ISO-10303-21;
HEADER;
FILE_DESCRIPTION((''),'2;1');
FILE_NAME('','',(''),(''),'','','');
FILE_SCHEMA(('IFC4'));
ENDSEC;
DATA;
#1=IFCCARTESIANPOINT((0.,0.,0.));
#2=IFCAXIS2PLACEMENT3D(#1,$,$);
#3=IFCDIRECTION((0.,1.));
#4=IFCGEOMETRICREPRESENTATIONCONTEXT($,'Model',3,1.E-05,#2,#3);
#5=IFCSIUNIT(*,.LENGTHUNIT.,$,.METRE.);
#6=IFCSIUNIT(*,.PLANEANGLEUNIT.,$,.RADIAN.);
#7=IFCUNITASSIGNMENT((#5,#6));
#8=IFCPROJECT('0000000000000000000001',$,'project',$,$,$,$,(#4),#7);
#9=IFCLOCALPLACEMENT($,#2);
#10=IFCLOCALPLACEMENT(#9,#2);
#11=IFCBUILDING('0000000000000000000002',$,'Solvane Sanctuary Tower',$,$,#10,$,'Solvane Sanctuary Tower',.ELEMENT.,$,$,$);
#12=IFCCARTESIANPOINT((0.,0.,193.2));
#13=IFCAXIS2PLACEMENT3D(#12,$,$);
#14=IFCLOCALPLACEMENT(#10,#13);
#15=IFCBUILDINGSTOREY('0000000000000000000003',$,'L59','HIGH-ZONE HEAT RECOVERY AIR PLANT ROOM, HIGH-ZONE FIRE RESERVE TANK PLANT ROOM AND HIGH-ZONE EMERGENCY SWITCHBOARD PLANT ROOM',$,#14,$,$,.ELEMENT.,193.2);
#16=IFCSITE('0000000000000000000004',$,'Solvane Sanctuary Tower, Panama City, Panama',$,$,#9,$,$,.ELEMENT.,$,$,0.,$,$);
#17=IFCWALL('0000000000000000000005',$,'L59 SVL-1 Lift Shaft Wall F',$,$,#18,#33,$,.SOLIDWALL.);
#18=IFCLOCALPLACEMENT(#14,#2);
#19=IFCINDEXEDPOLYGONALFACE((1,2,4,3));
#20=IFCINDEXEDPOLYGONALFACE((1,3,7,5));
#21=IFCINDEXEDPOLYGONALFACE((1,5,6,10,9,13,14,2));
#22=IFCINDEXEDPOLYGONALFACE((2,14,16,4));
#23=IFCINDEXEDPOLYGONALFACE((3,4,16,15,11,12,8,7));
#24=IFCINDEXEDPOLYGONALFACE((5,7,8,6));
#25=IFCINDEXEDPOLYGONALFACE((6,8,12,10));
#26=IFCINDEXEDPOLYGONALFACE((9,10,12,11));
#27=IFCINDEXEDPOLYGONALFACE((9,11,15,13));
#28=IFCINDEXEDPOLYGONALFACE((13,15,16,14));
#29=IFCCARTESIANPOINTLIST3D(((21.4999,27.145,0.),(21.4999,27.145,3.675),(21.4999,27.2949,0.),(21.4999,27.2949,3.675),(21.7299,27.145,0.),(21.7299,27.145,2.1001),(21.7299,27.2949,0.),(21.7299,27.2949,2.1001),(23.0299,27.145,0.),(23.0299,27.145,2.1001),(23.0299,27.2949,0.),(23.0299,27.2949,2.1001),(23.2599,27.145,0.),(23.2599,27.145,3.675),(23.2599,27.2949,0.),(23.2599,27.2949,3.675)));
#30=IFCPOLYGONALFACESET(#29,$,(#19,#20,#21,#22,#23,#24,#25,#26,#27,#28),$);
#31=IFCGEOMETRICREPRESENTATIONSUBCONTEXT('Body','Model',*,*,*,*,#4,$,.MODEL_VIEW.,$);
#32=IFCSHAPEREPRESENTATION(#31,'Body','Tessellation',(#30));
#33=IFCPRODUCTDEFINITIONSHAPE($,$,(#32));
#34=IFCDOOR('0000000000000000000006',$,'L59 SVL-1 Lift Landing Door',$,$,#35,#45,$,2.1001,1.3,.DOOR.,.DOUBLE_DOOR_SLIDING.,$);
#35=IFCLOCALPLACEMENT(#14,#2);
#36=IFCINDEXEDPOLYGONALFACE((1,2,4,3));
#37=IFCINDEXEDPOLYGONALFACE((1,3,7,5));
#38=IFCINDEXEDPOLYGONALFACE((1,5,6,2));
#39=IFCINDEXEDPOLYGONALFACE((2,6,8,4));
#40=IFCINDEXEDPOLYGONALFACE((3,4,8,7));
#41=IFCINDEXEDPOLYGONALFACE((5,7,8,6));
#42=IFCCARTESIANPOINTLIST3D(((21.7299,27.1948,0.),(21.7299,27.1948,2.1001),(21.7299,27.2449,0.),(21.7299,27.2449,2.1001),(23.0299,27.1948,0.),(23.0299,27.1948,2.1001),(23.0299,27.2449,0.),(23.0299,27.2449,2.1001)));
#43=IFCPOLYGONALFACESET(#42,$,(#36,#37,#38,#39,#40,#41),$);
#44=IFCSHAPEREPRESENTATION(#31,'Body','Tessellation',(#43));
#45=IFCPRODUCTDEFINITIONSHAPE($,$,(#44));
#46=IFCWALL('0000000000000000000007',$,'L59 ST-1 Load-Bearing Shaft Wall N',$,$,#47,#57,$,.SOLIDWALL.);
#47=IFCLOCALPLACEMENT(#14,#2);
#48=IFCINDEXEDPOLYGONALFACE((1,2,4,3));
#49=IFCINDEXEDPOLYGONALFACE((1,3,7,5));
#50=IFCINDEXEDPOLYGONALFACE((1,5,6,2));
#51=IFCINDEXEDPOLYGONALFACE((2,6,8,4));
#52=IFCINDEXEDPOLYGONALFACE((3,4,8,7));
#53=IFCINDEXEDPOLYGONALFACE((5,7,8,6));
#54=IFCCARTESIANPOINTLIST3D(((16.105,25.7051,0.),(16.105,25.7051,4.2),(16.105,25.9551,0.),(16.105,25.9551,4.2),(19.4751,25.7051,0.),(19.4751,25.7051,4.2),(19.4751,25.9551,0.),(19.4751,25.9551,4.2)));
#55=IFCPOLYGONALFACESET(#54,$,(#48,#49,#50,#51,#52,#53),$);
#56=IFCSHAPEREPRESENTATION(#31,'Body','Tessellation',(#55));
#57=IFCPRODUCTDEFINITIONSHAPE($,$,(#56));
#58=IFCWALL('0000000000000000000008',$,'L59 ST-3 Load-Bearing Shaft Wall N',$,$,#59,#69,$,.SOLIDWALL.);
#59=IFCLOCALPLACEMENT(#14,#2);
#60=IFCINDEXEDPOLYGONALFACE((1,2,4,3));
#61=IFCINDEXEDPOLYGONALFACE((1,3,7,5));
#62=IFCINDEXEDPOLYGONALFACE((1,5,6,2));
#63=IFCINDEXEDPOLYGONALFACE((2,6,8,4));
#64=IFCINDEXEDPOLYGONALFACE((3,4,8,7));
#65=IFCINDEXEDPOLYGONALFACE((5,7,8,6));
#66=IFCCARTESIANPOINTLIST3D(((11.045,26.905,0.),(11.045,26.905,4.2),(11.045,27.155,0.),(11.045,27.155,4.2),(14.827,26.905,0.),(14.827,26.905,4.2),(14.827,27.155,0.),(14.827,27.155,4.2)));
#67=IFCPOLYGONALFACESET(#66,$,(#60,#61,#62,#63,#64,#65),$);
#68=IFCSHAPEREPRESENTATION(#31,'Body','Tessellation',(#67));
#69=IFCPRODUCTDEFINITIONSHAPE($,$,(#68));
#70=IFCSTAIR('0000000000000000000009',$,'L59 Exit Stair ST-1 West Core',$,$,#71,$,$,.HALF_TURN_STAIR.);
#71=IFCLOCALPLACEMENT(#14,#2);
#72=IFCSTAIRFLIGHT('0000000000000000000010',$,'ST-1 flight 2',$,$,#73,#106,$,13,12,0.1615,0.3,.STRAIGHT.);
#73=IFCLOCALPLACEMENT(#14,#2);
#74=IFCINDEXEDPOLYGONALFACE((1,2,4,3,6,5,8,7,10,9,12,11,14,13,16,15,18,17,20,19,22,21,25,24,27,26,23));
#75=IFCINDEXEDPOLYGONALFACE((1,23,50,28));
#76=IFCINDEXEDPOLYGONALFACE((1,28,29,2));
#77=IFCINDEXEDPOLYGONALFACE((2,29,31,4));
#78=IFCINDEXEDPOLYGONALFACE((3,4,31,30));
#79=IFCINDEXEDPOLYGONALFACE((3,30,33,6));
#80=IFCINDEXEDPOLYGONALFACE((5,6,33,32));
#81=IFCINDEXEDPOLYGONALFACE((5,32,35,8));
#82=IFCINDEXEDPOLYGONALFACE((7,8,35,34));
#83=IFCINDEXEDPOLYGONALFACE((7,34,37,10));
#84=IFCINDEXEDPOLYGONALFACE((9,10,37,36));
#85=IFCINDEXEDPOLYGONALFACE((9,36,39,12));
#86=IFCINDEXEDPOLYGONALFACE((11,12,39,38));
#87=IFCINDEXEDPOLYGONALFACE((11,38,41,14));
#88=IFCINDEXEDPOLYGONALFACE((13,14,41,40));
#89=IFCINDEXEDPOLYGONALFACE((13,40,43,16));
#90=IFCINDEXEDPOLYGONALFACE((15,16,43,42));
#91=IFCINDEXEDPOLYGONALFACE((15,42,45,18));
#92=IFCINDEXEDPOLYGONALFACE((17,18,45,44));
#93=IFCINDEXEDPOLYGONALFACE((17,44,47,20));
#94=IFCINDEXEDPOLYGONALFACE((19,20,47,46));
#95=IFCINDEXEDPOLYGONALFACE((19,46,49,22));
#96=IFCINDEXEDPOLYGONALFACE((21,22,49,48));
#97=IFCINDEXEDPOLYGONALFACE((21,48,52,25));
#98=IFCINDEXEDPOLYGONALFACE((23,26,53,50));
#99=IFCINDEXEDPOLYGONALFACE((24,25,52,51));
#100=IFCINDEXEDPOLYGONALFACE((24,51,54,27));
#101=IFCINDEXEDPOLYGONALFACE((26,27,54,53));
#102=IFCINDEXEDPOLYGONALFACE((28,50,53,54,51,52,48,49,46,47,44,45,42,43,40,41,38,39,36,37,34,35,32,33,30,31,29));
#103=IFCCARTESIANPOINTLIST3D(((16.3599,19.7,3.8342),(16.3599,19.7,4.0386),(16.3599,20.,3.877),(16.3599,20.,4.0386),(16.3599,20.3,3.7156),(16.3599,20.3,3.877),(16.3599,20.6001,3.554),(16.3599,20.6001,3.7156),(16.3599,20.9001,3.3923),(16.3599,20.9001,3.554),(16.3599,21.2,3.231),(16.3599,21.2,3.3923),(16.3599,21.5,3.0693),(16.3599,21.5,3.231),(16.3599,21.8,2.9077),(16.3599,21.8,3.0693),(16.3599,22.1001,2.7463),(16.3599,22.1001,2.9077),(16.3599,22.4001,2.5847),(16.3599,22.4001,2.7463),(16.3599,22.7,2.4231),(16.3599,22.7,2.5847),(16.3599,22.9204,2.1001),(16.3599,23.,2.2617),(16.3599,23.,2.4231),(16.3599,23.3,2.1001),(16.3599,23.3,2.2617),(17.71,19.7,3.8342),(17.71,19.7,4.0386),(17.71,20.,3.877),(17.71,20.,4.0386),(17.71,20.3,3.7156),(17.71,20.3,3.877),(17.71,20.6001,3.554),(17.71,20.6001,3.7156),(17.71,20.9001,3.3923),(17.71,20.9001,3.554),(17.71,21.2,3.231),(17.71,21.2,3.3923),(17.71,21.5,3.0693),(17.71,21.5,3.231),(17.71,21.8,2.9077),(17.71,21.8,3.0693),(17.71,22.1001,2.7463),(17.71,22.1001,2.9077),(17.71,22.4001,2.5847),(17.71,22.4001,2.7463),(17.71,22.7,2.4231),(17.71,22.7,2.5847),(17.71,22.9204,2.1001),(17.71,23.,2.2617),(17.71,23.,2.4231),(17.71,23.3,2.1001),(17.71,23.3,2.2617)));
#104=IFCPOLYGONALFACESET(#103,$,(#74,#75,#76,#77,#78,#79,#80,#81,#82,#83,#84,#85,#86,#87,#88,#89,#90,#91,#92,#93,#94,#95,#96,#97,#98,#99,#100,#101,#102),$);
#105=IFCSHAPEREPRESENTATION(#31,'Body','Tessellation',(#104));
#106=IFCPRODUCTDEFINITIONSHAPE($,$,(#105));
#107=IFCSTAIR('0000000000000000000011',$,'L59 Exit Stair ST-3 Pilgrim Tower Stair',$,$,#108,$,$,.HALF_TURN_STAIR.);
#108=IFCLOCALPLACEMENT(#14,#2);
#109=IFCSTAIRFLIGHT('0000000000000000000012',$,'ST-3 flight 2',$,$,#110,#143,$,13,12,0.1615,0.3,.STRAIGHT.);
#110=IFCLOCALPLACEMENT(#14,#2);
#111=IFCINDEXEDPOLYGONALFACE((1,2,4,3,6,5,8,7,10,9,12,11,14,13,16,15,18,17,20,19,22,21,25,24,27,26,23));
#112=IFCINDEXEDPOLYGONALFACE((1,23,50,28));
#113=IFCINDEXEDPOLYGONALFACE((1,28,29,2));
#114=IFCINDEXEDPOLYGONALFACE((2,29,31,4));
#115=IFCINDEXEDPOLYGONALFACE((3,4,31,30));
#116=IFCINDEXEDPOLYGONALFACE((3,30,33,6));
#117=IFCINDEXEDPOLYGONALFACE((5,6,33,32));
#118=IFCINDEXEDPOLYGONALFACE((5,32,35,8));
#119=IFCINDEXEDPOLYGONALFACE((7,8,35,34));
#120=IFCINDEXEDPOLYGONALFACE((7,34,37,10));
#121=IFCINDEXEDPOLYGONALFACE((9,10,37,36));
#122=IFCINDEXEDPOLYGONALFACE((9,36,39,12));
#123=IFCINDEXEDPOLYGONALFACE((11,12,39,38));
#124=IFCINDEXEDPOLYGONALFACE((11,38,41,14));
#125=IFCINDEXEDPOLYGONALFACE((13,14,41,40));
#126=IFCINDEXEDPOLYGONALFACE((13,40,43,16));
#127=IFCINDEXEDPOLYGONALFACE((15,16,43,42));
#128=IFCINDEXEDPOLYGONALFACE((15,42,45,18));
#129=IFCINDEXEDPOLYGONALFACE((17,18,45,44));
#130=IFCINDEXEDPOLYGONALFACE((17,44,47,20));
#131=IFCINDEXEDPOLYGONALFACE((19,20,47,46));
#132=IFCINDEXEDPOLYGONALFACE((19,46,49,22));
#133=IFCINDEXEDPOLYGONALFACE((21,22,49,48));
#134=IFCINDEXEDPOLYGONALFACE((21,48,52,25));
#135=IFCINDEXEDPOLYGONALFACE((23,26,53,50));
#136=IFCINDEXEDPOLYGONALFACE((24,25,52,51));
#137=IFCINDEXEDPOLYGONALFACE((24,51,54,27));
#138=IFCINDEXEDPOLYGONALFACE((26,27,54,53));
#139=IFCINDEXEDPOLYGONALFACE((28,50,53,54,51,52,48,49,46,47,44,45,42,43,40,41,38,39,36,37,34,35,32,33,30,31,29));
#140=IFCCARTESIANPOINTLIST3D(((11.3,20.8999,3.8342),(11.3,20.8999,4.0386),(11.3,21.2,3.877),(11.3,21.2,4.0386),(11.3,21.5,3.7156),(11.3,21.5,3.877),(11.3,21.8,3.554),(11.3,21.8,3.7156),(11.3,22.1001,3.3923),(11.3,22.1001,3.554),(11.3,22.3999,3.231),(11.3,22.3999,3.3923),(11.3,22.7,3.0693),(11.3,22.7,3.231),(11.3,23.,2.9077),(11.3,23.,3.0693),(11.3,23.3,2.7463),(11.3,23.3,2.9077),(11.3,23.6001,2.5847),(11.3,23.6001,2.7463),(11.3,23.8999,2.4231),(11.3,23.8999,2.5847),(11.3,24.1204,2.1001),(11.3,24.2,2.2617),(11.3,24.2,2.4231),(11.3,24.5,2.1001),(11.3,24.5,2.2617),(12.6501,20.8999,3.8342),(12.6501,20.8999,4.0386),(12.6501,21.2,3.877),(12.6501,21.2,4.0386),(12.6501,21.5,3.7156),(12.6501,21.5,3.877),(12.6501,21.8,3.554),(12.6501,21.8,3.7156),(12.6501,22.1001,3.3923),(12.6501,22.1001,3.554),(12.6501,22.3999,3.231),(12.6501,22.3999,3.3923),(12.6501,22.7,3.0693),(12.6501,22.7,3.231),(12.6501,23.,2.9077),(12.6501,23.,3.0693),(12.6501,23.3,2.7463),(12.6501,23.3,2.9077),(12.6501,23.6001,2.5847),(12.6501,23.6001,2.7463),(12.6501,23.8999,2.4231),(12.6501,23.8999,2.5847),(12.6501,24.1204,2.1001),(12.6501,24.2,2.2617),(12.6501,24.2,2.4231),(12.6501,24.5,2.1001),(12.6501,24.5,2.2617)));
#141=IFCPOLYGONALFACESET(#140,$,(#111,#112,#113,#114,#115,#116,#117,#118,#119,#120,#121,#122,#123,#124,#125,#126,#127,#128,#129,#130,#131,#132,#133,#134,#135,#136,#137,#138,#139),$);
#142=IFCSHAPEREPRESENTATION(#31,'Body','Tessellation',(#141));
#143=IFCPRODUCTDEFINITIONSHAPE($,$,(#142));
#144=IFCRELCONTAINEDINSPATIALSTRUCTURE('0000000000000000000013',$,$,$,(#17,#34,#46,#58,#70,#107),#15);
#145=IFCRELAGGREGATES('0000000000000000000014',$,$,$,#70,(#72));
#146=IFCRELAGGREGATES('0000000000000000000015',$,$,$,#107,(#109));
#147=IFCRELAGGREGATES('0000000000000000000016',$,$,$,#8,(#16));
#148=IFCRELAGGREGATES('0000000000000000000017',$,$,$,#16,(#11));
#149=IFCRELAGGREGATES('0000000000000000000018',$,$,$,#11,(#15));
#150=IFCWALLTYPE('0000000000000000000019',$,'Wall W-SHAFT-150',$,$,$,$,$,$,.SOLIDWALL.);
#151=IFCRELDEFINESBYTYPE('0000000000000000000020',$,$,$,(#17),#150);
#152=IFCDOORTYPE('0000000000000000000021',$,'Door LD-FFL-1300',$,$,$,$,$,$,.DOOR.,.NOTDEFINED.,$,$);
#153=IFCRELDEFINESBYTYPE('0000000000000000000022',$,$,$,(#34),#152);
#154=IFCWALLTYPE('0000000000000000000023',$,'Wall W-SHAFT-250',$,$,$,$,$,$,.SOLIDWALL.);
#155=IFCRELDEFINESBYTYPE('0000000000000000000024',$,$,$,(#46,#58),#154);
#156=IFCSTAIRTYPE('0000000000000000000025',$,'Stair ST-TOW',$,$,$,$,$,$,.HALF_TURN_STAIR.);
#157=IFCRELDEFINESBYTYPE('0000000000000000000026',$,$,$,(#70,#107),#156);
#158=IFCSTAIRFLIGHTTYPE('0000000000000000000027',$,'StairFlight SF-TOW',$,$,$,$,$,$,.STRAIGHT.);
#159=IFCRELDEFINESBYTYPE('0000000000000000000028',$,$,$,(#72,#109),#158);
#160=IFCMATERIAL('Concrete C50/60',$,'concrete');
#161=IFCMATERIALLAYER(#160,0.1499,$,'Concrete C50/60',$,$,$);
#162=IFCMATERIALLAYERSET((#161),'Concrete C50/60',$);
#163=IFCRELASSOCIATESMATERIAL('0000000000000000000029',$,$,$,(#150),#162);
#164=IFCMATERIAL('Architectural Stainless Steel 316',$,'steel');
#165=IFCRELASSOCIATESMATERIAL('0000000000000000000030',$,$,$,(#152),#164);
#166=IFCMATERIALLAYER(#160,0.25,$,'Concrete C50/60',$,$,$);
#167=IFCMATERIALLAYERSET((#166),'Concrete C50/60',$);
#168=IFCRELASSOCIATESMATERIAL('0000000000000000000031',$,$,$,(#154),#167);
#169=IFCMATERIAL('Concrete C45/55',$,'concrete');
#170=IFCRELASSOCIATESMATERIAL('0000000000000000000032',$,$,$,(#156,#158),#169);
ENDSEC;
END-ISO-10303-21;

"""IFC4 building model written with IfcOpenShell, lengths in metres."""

from ifc_helpers import new_model, si_unit, direction, frame, frame_2d, origin, place, context, subcontext, project, spatial, polyline, rectangle, outline, extrude, material, layer, layer_set, type_object, element, fill, aggregate, save


model = new_model("IFC4")

# Units and contexts
model_context = context("Model", 3, precision=1e-05, world=origin(), true_north=direction((0.0, 1.0)))
body_context = subcontext(model_context, "Body", "Model", "MODEL_VIEW")
ifc_project = project(units=[si_unit("LENGTHUNIT", "METRE"), si_unit("PLANEANGLEUNIT", "RADIAN")], contexts=[model_context])

# Site, building, storey
site_placement = place(None, origin())
site = spatial("IfcSite", under=ifc_project, at=site_placement, Name="Solvane Sanctuary Tower, Panama City, Panama", CompositionType="ELEMENT", RefElevation=0.0)
building_placement = place(site_placement, origin())
building = spatial("IfcBuilding", under=site, at=building_placement, Name="Solvane Sanctuary Tower", LongName="Solvane Sanctuary Tower", CompositionType="ELEMENT")
storey_placement = place(building_placement, frame((0.0, 0.0, 193.2)))
storey = spatial("IfcBuildingStorey", under=building, at=storey_placement, Name="L59", Description="HIGH-ZONE HEAT RECOVERY AIR PLANT ROOM, HIGH-ZONE FIRE RESERVE TANK PLANT ROOM AND HIGH-ZONE EMERGENCY SWITCHBOARD PLANT ROOM", CompositionType="ELEMENT", Elevation=193.2)

# Shared definitions
ifc_material_1 = material(Name="Concrete C50/60", Category="concrete")
ifc_layer_1 = layer(ifc_material_1, 0.1499, Name="Concrete C50/60")
ifc_layer_set_1 = layer_set([ifc_layer_1], Name="Concrete C50/60")
wall_type_1 = type_object("IfcWallType", Name="Wall W-SHAFT-150", PredefinedType="SOLIDWALL", material=ifc_layer_set_1)

# Shared definitions
ifc_material_2 = material(Name="Architectural Stainless Steel 316", Category="steel")
door_type = type_object("IfcDoorType", Name="Door LD-FFL-1300", OperationType="NOTDEFINED", PredefinedType="DOOR", material=ifc_material_2)

# Wall, opening, door
wall_1_placement = place(storey_placement, frame((21.5, 27.22, 0.0), z_axis=(0.0, 0.0, 1.0), x_axis=(1.0, 0.0, 0.0)))
wall_1 = element("IfcWall", 1, at=wall_1_placement, inside=storey, type_object=wall_type_1, Name="L59 SVL-1 Lift Shaft Wall F", PredefinedType="SOLIDWALL", context=body_context, shape_type="SweptSolid", body=[
    extrude(rectangle(XDim=1.76, YDim=0.1499, at=frame_2d((0.8799, 0.0))), origin(), (0.0, 0.0, 1.0), 3.675),
])
opening_1_placement = place(wall_1_placement, frame((0.23, 0.0, 0.0)))
opening_1 = element("IfcOpeningElement", 2, at=opening_1_placement, cuts=wall_1, PredefinedType="OPENING", context=body_context, shape_type="SweptSolid", body=[
    extrude(rectangle(XDim=1.3, YDim=2.1001, at=frame_2d((0.6499, 1.05))), frame((0.0, 0.085, 0.0), z_axis=(0.0, -1.0, 0.0), x_axis=(1.0, 0.0, 0.0)), (0.0, 0.0, 1.0), 0.1699),
])
door_1_placement = place(opening_1_placement, origin())
door_1 = element("IfcDoor", 3, at=door_1_placement, inside=storey, type_object=door_type, Name="L59 SVL-1 Lift Landing Door", OperationType="DOUBLE_DOOR_SLIDING", OverallHeight=2.1001, OverallWidth=1.3, PredefinedType="DOOR", context=body_context, shape_type="SweptSolid", body=[
    extrude(rectangle(XDim=1.3, YDim=2.1001, at=frame_2d((0.6499, 1.05))), frame((0.0, 0.0249, 0.0), z_axis=(0.0, -1.0, 0.0), x_axis=(1.0, 0.0, 0.0)), (0.0, 0.0, 1.0), 0.05),
])
fill(opening_1, door_1)

# Walls
ifc_layer_2 = layer(ifc_material_1, 0.25, Name="Concrete C50/60")
ifc_layer_set_2 = layer_set([ifc_layer_2], Name="Concrete C50/60")
wall_type_2 = type_object("IfcWallType", Name="Wall W-SHAFT-250", PredefinedType="SOLIDWALL", material=ifc_layer_set_2)
wall_2_placement = place(storey_placement, frame((16.105, 25.8301, 0.0), z_axis=(0.0, 0.0, 1.0), x_axis=(1.0, 0.0, 0.0)))
element("IfcWall", 4, at=wall_2_placement, inside=storey, type_object=wall_type_2, Name="L59 ST-1 Load-Bearing Shaft Wall N", PredefinedType="SOLIDWALL", context=body_context, shape_type="SweptSolid", body=[
    extrude(rectangle(XDim=3.3701, YDim=0.25, at=frame_2d((1.6851, 0.0))), origin(), (0.0, 0.0, 1.0), 4.2),
])
wall_3_placement = place(storey_placement, frame((11.0449, 27.03, 0.0), z_axis=(0.0, 0.0, 1.0), x_axis=(1.0, 0.0, 0.0)))
element("IfcWall", 5, at=wall_3_placement, inside=storey, type_object=wall_type_2, Name="L59 ST-3 Load-Bearing Shaft Wall N", PredefinedType="SOLIDWALL", context=body_context, shape_type="SweptSolid", body=[
    extrude(rectangle(XDim=3.782, YDim=0.25, at=frame_2d((1.8911, 0.0))), origin(), (0.0, 0.0, 1.0), 4.2),
])

# Stairs, stair flights
ifc_material_3 = material(Name="Concrete C45/55", Category="concrete")
stair_type = type_object("IfcStairType", Name="Stair ST-TOW", PredefinedType="HALF_TURN_STAIR", material=ifc_material_3)
stair_1_placement = place(storey_placement, origin())
stair_1 = element("IfcStair", 6, at=stair_1_placement, inside=storey, type_object=stair_type, Name="L59 Exit Stair ST-1 West Core", PredefinedType="HALF_TURN_STAIR")
stair_flight_type = type_object("IfcStairFlightType", Name="StairFlight SF-TOW", PredefinedType="STRAIGHT", material=ifc_material_3)
stair_flight_1_placement = place(storey_placement, frame((17.0349, 23.3, 2.1001), z_axis=(0.0, 0.0, 1.0), x_axis=(0.0, -1.0, 0.0)))
stair_flight_1 = element("IfcStairFlight", 7, at=stair_flight_1_placement, type_object=stair_flight_type, Name="ST-1 flight 2", NumberOfRisers=13, NumberOfTreads=12, PredefinedType="STRAIGHT", RiserHeight=0.1615, TreadLength=0.3, context=body_context, shape_type="SweptSolid", body=[
    extrude(outline(polyline([(0.0, 0.0), (0.0, 0.1616), (0.3, 0.1616), (0.3, 0.323), (0.6001, 0.323), (0.6001, 0.4846), (0.8999, 0.4846), (0.8999, 0.6462), (1.2, 0.6462), (1.2, 0.8076), (1.5, 0.8076), (1.5, 0.9692), (1.8, 0.9692), (1.8, 1.1309), (2.1001, 1.1309), (2.1001, 1.2922), (2.3999, 1.2922), (2.3999, 1.4539), (2.7, 1.4539), (2.7, 1.6155), (3.0, 1.6155), (3.0, 1.7769), (3.3, 1.7769), (3.3, 1.9385), (3.6001, 1.9385), (3.6001, 2.1001), (3.6001, 1.7341), (0.3796, 0.0), (0.0, 0.0)])), frame((0.0, 0.675, 0.0), z_axis=(0.0, -1.0, 0.0), x_axis=(1.0, 0.0, 0.0)), (0.0, 0.0, 1.0), 1.3501),
])
aggregate(stair_1, [stair_flight_1])
stair_2_placement = place(storey_placement, origin())
stair_2 = element("IfcStair", 8, at=stair_2_placement, inside=storey, type_object=stair_type, Name="L59 Exit Stair ST-3 Pilgrim Tower Stair", PredefinedType="HALF_TURN_STAIR")
stair_flight_2_placement = place(storey_placement, frame((11.9751, 24.5, 2.1001), z_axis=(0.0, 0.0, 1.0), x_axis=(0.0, -1.0, 0.0)))
stair_flight_2 = element("IfcStairFlight", 9, at=stair_flight_2_placement, type_object=stair_flight_type, Name="ST-3 flight 2", NumberOfRisers=13, NumberOfTreads=12, PredefinedType="STRAIGHT", RiserHeight=0.1615, TreadLength=0.3, context=body_context, shape_type="SweptSolid", body=[
    extrude(outline(polyline([(0.0, 0.0), (0.0, 0.1616), (0.3, 0.1616), (0.3, 0.323), (0.6001, 0.323), (0.6001, 0.4846), (0.8999, 0.4846), (0.8999, 0.6462), (1.2, 0.6462), (1.2, 0.8076), (1.5, 0.8076), (1.5, 0.9692), (1.8, 0.9692), (1.8, 1.1309), (2.1001, 1.1309), (2.1001, 1.2922), (2.3999, 1.2922), (2.3999, 1.4539), (2.7, 1.4539), (2.7, 1.6155), (3.0, 1.6155), (3.0, 1.7769), (3.3, 1.7769), (3.3, 1.9385), (3.6001, 1.9385), (3.6001, 2.1001), (3.6001, 1.7341), (0.3796, 0.0), (0.0, 0.0)])), frame((0.0, 0.675, 0.0), z_axis=(0.0, -1.0, 0.0), x_axis=(1.0, 0.0, 0.0)), (0.0, 0.0, 1.0), 1.3501),
])
aggregate(stair_2, [stair_flight_2])

save(model, "model.ifc")
